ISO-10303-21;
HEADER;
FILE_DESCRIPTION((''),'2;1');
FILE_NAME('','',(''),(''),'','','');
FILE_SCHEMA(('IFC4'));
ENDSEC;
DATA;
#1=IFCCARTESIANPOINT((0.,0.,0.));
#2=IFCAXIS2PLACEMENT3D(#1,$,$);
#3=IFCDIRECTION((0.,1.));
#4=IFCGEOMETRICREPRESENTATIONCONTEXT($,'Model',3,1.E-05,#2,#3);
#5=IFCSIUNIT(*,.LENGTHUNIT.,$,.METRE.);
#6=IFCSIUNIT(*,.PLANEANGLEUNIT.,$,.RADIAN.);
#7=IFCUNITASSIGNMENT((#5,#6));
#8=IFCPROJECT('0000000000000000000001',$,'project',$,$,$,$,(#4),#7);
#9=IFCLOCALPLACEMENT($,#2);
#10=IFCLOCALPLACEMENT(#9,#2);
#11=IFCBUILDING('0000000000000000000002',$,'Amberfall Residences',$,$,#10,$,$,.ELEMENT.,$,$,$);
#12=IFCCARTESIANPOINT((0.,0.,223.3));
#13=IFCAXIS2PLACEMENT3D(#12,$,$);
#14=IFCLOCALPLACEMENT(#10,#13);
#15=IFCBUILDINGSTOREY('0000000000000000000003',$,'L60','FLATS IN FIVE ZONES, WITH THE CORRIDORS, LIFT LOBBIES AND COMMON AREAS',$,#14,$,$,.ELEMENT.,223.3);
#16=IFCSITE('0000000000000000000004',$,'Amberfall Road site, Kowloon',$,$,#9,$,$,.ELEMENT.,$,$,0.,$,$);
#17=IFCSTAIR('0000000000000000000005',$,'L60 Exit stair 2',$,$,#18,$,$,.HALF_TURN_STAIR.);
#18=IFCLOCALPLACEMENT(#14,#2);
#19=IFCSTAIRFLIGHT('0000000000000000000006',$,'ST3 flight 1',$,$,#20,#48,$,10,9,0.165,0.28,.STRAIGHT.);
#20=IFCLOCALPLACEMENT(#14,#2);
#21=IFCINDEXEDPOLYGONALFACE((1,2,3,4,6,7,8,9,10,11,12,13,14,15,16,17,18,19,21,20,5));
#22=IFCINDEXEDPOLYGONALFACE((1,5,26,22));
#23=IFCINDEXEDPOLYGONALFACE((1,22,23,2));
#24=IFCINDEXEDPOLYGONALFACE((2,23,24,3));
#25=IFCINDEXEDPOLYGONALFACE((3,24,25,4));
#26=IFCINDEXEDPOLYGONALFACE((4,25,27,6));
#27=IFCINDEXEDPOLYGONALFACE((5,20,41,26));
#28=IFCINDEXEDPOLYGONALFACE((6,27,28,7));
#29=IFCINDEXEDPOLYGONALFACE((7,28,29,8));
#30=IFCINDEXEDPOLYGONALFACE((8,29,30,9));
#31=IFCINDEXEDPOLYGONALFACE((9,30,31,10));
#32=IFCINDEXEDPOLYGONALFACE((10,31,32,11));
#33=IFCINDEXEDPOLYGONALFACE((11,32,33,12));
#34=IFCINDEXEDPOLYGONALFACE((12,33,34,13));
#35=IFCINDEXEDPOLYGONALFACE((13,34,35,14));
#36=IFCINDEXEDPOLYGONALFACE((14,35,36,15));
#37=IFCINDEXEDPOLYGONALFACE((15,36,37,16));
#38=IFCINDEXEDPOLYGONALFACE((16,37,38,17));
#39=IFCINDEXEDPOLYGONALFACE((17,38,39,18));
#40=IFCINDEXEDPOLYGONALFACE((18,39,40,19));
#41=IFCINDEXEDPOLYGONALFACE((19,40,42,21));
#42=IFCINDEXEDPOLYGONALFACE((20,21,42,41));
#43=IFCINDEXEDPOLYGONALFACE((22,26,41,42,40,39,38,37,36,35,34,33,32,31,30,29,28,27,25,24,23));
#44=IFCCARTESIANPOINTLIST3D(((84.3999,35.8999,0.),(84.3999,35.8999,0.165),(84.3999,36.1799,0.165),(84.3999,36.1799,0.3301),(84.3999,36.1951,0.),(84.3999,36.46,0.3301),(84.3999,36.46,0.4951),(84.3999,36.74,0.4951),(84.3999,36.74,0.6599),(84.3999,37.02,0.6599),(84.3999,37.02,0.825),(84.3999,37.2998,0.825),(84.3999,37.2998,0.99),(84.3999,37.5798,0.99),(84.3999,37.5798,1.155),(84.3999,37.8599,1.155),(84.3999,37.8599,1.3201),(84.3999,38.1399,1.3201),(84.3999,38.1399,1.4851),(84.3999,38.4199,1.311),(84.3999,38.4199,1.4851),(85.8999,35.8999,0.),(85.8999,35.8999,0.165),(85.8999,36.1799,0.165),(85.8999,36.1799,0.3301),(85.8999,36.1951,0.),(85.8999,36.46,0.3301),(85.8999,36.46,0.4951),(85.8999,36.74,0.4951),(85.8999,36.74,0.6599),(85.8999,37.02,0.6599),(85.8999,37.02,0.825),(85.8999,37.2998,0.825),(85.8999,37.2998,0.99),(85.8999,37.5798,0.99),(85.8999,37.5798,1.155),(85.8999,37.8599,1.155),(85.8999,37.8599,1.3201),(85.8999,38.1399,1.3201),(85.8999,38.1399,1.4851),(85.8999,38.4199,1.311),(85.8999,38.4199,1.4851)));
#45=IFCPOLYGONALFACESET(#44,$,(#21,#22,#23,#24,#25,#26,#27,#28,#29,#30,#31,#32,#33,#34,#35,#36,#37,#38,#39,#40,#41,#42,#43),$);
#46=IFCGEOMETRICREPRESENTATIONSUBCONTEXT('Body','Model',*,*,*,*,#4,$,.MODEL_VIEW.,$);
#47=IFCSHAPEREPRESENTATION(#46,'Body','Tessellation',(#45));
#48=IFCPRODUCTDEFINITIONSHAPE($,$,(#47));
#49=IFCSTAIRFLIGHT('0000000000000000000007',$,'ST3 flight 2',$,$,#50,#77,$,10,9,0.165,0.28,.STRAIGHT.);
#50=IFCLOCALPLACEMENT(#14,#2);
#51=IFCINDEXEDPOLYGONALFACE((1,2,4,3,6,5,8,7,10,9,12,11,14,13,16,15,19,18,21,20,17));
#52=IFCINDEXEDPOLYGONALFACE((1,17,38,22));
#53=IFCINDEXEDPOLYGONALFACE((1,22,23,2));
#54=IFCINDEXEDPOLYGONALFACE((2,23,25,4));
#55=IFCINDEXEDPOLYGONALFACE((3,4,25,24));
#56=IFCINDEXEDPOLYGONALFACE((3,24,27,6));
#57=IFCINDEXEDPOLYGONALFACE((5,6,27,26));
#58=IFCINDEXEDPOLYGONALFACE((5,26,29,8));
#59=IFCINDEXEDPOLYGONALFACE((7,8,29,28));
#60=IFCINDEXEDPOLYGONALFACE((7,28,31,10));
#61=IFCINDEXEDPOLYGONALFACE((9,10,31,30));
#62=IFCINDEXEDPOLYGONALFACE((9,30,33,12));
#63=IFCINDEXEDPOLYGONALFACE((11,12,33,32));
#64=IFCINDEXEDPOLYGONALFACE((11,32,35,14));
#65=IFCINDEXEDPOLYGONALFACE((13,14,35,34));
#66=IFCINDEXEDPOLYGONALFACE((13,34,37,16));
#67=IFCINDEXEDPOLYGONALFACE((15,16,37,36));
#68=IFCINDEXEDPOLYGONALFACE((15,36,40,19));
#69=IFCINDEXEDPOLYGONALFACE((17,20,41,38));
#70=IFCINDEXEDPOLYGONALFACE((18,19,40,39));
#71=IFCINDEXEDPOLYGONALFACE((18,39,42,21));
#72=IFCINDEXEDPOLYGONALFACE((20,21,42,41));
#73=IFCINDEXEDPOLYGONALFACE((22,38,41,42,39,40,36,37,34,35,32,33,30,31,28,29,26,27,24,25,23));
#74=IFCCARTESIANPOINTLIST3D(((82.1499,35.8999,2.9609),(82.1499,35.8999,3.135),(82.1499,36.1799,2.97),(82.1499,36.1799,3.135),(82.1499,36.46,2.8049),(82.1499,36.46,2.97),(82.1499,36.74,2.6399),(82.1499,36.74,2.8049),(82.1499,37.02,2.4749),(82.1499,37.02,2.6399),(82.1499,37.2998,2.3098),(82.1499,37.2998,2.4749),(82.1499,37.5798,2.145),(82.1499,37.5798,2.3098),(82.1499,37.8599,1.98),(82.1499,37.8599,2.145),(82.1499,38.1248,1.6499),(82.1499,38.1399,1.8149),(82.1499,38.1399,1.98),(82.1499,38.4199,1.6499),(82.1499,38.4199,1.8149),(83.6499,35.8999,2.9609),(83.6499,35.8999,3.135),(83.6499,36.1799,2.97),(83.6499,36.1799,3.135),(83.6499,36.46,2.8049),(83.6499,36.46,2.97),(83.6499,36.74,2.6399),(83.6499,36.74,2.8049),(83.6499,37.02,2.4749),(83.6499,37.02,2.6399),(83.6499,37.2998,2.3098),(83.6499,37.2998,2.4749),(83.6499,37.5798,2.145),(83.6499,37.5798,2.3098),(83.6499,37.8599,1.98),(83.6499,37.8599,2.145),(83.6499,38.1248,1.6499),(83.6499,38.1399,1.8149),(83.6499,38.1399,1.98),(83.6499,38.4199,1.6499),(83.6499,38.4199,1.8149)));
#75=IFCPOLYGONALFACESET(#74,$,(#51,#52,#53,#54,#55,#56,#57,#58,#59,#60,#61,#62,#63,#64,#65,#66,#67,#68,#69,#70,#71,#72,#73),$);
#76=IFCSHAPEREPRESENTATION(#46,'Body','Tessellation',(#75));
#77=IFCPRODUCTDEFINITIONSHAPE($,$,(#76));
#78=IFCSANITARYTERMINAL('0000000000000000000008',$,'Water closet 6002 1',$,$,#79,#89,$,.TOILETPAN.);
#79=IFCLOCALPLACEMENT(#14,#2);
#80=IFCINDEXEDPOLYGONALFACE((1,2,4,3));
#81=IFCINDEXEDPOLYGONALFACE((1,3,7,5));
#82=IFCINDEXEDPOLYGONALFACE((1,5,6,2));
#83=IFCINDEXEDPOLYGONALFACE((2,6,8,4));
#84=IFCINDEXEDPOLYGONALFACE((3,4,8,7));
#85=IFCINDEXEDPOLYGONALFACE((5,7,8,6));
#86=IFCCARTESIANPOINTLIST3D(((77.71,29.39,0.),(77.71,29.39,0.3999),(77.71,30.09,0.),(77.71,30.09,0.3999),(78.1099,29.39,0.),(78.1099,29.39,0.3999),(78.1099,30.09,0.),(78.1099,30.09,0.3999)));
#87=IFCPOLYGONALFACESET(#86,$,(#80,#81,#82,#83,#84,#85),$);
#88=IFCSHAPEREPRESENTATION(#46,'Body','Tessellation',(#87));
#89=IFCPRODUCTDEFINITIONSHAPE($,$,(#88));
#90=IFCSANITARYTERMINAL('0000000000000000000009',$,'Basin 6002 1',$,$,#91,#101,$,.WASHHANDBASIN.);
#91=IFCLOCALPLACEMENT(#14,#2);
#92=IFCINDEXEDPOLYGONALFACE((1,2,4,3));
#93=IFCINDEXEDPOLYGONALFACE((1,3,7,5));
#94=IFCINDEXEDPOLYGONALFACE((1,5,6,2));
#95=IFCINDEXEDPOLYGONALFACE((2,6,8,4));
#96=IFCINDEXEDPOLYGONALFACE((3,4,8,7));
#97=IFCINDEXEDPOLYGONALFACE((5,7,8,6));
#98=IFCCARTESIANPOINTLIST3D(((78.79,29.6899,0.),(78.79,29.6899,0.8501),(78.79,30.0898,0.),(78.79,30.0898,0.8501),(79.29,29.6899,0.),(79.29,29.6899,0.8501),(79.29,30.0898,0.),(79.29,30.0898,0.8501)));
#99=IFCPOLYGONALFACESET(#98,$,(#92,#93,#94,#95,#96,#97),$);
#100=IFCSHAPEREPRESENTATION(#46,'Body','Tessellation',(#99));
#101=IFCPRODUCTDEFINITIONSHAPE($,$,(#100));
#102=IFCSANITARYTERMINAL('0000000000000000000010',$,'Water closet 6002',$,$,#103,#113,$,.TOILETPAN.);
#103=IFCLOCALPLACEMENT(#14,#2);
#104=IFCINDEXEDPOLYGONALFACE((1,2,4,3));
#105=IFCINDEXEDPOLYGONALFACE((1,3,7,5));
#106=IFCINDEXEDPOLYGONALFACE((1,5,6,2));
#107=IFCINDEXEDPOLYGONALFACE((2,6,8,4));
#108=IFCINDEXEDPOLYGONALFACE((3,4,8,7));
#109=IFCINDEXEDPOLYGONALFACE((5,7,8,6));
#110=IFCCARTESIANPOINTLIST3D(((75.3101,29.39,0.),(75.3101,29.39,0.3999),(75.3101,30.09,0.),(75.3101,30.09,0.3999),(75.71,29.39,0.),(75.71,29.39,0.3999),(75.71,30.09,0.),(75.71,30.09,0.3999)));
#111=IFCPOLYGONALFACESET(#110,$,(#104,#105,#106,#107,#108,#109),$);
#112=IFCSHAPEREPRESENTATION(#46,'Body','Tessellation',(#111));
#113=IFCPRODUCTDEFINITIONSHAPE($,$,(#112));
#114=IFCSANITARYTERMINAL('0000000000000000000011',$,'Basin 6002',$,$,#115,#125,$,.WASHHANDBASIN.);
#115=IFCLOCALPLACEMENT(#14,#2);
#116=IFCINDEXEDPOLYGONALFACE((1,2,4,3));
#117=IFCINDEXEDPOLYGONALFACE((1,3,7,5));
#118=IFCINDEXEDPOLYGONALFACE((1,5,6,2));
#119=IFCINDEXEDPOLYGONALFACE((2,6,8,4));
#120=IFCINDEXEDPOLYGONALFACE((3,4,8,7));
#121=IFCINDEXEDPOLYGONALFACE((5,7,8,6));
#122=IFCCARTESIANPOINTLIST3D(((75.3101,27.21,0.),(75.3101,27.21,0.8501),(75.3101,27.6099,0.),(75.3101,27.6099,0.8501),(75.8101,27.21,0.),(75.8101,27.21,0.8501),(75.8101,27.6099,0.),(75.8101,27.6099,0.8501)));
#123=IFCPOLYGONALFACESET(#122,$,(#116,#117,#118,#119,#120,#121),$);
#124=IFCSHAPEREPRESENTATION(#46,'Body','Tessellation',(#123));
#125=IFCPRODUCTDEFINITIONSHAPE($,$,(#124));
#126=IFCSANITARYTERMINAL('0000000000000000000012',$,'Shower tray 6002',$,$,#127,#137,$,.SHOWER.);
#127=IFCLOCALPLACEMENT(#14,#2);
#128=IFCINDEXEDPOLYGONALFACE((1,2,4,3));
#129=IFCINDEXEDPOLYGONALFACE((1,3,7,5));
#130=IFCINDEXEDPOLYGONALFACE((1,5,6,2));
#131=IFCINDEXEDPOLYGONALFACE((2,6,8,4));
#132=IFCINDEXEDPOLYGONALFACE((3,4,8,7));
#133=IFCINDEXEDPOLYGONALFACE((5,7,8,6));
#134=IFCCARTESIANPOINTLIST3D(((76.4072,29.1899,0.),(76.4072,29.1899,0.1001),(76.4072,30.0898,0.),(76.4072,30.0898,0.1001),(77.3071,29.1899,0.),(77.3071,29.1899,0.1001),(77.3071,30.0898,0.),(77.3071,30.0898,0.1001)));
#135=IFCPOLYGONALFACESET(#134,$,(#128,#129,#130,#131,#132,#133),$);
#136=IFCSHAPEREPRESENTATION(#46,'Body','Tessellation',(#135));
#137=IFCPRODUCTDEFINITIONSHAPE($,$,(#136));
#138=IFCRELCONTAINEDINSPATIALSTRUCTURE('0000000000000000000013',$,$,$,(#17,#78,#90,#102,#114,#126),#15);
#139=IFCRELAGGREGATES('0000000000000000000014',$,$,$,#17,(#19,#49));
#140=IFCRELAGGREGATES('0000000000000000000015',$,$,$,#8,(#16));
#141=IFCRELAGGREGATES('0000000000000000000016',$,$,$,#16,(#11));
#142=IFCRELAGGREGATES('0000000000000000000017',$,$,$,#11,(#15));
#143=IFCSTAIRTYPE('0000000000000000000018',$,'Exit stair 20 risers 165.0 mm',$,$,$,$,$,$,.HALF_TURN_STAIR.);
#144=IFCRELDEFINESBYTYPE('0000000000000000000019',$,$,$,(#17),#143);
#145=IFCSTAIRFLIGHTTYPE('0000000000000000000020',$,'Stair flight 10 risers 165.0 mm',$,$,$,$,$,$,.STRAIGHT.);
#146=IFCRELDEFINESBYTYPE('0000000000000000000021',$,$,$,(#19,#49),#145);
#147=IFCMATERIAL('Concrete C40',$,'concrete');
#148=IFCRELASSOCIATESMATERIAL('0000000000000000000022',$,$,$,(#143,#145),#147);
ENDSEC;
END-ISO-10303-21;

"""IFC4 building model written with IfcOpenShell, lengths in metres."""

from ifc_helpers import new_model, si_unit, direction, frame, origin, origin_2d, place, context, subcontext, project, spatial, polyline, rectangle, outline, extrude, material, type_object, element, aggregate, save


model = new_model("IFC4")

# Units and contexts
model_context = context("Model", 3, precision=1e-05, world=origin(), true_north=direction((0.0, 1.0)))
body_context = subcontext(model_context, "Body", "Model", "MODEL_VIEW")
ifc_project = project(units=[si_unit("LENGTHUNIT", "METRE"), si_unit("PLANEANGLEUNIT", "RADIAN")], contexts=[model_context])

# Site, building, storey
site_placement = place(None, origin())
site = spatial("IfcSite", under=ifc_project, at=site_placement, Name="Amberfall Road site, Kowloon", CompositionType="ELEMENT", RefElevation=0.0)
building_placement = place(site_placement, origin())
building = spatial("IfcBuilding", under=site, at=building_placement, Name="Amberfall Residences", CompositionType="ELEMENT")
storey_placement = place(building_placement, frame((0.0, 0.0, 223.3)))
storey = spatial("IfcBuildingStorey", under=building, at=storey_placement, Name="L60", Description="FLATS IN FIVE ZONES, WITH THE CORRIDORS, LIFT LOBBIES AND COMMON AREAS", CompositionType="ELEMENT", Elevation=223.3)

# Stair, stair flights
ifc_material_1 = material(Name="Concrete C40", Category="concrete")
stair_type = type_object("IfcStairType", Name="Exit stair 20 risers 165.0 mm", PredefinedType="HALF_TURN_STAIR", material=ifc_material_1)
stair_placement = place(storey_placement, origin())
stair = element("IfcStair", 1, at=stair_placement, inside=storey, type_object=stair_type, Name="L60 Exit stair 2", PredefinedType="HALF_TURN_STAIR")
stair_flight_type = type_object("IfcStairFlightType", Name="Stair flight 10 risers 165.0 mm", PredefinedType="STRAIGHT", material=ifc_material_1)
stair_flight_1_placement = place(storey_placement, frame((85.1499, 35.8999, 0.0), z_axis=(0.0, 0.0, 1.0), x_axis=(0.0, 1.0, 0.0)))
stair_flight_1 = element("IfcStairFlight", 2, at=stair_flight_1_placement, type_object=stair_flight_type, Name="ST3 flight 1", NumberOfRisers=10, NumberOfTreads=9, PredefinedType="STRAIGHT", RiserHeight=0.165, TreadLength=0.28, context=body_context, shape_type="SweptSolid", body=[
    extrude(outline(polyline([(0.0, 0.0), (0.0, 0.165), (0.28, 0.165), (0.28, 0.3301), (0.5601, 0.3301), (0.5601, 0.4951), (0.8401, 0.4951), (0.8401, 0.6599), (1.1201, 0.6599), (1.1201, 0.825), (1.3999, 0.825), (1.3999, 0.99), (1.6799, 0.99), (1.6799, 1.155), (1.96, 1.155), (1.96, 1.3201), (2.24, 1.3201), (2.24, 1.4851), (2.52, 1.4851), (2.52, 1.6499), (2.52, 1.311), (0.2952, 0.0), (0.0, 0.0)])), frame((0.0, 0.75, 0.0), z_axis=(0.0, -1.0, 0.0), x_axis=(1.0, 0.0, 0.0)), (0.0, 0.0, 1.0), 1.5),
])
stair_flight_2_placement = place(storey_placement, frame((82.8999, 38.4199, 1.6499), z_axis=(0.0, 0.0, 1.0), x_axis=(0.0, -1.0, 0.0)))
stair_flight_2 = element("IfcStairFlight", 3, at=stair_flight_2_placement, type_object=stair_flight_type, Name="ST3 flight 2", NumberOfRisers=10, NumberOfTreads=9, PredefinedType="STRAIGHT", RiserHeight=0.165, TreadLength=0.28, context=body_context, shape_type="SweptSolid", body=[
    extrude(outline(polyline([(0.0, 0.0), (0.0, 0.165), (0.28, 0.165), (0.28, 0.3301), (0.5601, 0.3301), (0.5601, 0.4951), (0.8401, 0.4951), (0.8401, 0.6599), (1.1201, 0.6599), (1.1201, 0.825), (1.3999, 0.825), (1.3999, 0.99), (1.6799, 0.99), (1.6799, 1.155), (1.96, 1.155), (1.96, 1.3201), (2.24, 1.3201), (2.24, 1.4851), (2.52, 1.4851), (2.52, 1.6499), (2.52, 1.311), (0.2952, 0.0), (0.0, 0.0)])), frame((0.0, 0.75, 0.0), z_axis=(0.0, -1.0, 0.0), x_axis=(1.0, 0.0, 0.0)), (0.0, 0.0, 1.0), 1.5),
])
aggregate(stair, [stair_flight_1, stair_flight_2])

# Sanitary terminals
sanitary_terminal_1_placement = place(storey_placement, frame((77.9099, 29.74, 0.0), z_axis=(0.0, 0.0, 1.0), x_axis=(1.0, 0.0, 0.0)))
element("IfcSanitaryTerminal", 4, at=sanitary_terminal_1_placement, inside=storey, Name="Water closet 6002 1", PredefinedType="TOILETPAN", context=body_context, shape_type="SweptSolid", body=[
    extrude(rectangle(XDim=0.3999, YDim=0.7, at=origin_2d()), origin(), (0.0, 0.0, 1.0), 0.3999),
])
sanitary_terminal_2_placement = place(storey_placement, frame((79.04, 29.8899, 0.0), z_axis=(0.0, 0.0, 1.0), x_axis=(1.0, 0.0, 0.0)))
element("IfcSanitaryTerminal", 5, at=sanitary_terminal_2_placement, inside=storey, Name="Basin 6002 1", PredefinedType="WASHHANDBASIN", context=body_context, shape_type="SweptSolid", body=[
    extrude(rectangle(XDim=0.5, YDim=0.3999, at=origin_2d()), origin(), (0.0, 0.0, 1.0), 0.8501),
])
sanitary_terminal_3_placement = place(storey_placement, frame((75.51, 29.74, 0.0), z_axis=(0.0, 0.0, 1.0), x_axis=(1.0, 0.0, 0.0)))
element("IfcSanitaryTerminal", 6, at=sanitary_terminal_3_placement, inside=storey, Name="Water closet 6002", PredefinedType="TOILETPAN", context=body_context, shape_type="SweptSolid", body=[
    extrude(rectangle(XDim=0.3999, YDim=0.7, at=origin_2d()), origin(), (0.0, 0.0, 1.0), 0.3999),
])
sanitary_terminal_4_placement = place(storey_placement, frame((75.5601, 27.4099, 0.0), z_axis=(0.0, 0.0, 1.0), x_axis=(1.0, 0.0, 0.0)))
element("IfcSanitaryTerminal", 7, at=sanitary_terminal_4_placement, inside=storey, Name="Basin 6002", PredefinedType="WASHHANDBASIN", context=body_context, shape_type="SweptSolid", body=[
    extrude(rectangle(XDim=0.5, YDim=0.3999, at=origin_2d()), origin(), (0.0, 0.0, 1.0), 0.8501),
])
sanitary_terminal_5_placement = place(storey_placement, frame((76.8572, 29.6399, 0.0), z_axis=(0.0, 0.0, 1.0), x_axis=(1.0, 0.0, 0.0)))
element("IfcSanitaryTerminal", 8, at=sanitary_terminal_5_placement, inside=storey, Name="Shower tray 6002", PredefinedType="SHOWER", context=body_context, shape_type="SweptSolid", body=[
    extrude(rectangle(XDim=0.8999, YDim=0.8999, at=origin_2d()), origin(), (0.0, 0.0, 1.0), 0.1001),
])

save(model, "model.ifc")
